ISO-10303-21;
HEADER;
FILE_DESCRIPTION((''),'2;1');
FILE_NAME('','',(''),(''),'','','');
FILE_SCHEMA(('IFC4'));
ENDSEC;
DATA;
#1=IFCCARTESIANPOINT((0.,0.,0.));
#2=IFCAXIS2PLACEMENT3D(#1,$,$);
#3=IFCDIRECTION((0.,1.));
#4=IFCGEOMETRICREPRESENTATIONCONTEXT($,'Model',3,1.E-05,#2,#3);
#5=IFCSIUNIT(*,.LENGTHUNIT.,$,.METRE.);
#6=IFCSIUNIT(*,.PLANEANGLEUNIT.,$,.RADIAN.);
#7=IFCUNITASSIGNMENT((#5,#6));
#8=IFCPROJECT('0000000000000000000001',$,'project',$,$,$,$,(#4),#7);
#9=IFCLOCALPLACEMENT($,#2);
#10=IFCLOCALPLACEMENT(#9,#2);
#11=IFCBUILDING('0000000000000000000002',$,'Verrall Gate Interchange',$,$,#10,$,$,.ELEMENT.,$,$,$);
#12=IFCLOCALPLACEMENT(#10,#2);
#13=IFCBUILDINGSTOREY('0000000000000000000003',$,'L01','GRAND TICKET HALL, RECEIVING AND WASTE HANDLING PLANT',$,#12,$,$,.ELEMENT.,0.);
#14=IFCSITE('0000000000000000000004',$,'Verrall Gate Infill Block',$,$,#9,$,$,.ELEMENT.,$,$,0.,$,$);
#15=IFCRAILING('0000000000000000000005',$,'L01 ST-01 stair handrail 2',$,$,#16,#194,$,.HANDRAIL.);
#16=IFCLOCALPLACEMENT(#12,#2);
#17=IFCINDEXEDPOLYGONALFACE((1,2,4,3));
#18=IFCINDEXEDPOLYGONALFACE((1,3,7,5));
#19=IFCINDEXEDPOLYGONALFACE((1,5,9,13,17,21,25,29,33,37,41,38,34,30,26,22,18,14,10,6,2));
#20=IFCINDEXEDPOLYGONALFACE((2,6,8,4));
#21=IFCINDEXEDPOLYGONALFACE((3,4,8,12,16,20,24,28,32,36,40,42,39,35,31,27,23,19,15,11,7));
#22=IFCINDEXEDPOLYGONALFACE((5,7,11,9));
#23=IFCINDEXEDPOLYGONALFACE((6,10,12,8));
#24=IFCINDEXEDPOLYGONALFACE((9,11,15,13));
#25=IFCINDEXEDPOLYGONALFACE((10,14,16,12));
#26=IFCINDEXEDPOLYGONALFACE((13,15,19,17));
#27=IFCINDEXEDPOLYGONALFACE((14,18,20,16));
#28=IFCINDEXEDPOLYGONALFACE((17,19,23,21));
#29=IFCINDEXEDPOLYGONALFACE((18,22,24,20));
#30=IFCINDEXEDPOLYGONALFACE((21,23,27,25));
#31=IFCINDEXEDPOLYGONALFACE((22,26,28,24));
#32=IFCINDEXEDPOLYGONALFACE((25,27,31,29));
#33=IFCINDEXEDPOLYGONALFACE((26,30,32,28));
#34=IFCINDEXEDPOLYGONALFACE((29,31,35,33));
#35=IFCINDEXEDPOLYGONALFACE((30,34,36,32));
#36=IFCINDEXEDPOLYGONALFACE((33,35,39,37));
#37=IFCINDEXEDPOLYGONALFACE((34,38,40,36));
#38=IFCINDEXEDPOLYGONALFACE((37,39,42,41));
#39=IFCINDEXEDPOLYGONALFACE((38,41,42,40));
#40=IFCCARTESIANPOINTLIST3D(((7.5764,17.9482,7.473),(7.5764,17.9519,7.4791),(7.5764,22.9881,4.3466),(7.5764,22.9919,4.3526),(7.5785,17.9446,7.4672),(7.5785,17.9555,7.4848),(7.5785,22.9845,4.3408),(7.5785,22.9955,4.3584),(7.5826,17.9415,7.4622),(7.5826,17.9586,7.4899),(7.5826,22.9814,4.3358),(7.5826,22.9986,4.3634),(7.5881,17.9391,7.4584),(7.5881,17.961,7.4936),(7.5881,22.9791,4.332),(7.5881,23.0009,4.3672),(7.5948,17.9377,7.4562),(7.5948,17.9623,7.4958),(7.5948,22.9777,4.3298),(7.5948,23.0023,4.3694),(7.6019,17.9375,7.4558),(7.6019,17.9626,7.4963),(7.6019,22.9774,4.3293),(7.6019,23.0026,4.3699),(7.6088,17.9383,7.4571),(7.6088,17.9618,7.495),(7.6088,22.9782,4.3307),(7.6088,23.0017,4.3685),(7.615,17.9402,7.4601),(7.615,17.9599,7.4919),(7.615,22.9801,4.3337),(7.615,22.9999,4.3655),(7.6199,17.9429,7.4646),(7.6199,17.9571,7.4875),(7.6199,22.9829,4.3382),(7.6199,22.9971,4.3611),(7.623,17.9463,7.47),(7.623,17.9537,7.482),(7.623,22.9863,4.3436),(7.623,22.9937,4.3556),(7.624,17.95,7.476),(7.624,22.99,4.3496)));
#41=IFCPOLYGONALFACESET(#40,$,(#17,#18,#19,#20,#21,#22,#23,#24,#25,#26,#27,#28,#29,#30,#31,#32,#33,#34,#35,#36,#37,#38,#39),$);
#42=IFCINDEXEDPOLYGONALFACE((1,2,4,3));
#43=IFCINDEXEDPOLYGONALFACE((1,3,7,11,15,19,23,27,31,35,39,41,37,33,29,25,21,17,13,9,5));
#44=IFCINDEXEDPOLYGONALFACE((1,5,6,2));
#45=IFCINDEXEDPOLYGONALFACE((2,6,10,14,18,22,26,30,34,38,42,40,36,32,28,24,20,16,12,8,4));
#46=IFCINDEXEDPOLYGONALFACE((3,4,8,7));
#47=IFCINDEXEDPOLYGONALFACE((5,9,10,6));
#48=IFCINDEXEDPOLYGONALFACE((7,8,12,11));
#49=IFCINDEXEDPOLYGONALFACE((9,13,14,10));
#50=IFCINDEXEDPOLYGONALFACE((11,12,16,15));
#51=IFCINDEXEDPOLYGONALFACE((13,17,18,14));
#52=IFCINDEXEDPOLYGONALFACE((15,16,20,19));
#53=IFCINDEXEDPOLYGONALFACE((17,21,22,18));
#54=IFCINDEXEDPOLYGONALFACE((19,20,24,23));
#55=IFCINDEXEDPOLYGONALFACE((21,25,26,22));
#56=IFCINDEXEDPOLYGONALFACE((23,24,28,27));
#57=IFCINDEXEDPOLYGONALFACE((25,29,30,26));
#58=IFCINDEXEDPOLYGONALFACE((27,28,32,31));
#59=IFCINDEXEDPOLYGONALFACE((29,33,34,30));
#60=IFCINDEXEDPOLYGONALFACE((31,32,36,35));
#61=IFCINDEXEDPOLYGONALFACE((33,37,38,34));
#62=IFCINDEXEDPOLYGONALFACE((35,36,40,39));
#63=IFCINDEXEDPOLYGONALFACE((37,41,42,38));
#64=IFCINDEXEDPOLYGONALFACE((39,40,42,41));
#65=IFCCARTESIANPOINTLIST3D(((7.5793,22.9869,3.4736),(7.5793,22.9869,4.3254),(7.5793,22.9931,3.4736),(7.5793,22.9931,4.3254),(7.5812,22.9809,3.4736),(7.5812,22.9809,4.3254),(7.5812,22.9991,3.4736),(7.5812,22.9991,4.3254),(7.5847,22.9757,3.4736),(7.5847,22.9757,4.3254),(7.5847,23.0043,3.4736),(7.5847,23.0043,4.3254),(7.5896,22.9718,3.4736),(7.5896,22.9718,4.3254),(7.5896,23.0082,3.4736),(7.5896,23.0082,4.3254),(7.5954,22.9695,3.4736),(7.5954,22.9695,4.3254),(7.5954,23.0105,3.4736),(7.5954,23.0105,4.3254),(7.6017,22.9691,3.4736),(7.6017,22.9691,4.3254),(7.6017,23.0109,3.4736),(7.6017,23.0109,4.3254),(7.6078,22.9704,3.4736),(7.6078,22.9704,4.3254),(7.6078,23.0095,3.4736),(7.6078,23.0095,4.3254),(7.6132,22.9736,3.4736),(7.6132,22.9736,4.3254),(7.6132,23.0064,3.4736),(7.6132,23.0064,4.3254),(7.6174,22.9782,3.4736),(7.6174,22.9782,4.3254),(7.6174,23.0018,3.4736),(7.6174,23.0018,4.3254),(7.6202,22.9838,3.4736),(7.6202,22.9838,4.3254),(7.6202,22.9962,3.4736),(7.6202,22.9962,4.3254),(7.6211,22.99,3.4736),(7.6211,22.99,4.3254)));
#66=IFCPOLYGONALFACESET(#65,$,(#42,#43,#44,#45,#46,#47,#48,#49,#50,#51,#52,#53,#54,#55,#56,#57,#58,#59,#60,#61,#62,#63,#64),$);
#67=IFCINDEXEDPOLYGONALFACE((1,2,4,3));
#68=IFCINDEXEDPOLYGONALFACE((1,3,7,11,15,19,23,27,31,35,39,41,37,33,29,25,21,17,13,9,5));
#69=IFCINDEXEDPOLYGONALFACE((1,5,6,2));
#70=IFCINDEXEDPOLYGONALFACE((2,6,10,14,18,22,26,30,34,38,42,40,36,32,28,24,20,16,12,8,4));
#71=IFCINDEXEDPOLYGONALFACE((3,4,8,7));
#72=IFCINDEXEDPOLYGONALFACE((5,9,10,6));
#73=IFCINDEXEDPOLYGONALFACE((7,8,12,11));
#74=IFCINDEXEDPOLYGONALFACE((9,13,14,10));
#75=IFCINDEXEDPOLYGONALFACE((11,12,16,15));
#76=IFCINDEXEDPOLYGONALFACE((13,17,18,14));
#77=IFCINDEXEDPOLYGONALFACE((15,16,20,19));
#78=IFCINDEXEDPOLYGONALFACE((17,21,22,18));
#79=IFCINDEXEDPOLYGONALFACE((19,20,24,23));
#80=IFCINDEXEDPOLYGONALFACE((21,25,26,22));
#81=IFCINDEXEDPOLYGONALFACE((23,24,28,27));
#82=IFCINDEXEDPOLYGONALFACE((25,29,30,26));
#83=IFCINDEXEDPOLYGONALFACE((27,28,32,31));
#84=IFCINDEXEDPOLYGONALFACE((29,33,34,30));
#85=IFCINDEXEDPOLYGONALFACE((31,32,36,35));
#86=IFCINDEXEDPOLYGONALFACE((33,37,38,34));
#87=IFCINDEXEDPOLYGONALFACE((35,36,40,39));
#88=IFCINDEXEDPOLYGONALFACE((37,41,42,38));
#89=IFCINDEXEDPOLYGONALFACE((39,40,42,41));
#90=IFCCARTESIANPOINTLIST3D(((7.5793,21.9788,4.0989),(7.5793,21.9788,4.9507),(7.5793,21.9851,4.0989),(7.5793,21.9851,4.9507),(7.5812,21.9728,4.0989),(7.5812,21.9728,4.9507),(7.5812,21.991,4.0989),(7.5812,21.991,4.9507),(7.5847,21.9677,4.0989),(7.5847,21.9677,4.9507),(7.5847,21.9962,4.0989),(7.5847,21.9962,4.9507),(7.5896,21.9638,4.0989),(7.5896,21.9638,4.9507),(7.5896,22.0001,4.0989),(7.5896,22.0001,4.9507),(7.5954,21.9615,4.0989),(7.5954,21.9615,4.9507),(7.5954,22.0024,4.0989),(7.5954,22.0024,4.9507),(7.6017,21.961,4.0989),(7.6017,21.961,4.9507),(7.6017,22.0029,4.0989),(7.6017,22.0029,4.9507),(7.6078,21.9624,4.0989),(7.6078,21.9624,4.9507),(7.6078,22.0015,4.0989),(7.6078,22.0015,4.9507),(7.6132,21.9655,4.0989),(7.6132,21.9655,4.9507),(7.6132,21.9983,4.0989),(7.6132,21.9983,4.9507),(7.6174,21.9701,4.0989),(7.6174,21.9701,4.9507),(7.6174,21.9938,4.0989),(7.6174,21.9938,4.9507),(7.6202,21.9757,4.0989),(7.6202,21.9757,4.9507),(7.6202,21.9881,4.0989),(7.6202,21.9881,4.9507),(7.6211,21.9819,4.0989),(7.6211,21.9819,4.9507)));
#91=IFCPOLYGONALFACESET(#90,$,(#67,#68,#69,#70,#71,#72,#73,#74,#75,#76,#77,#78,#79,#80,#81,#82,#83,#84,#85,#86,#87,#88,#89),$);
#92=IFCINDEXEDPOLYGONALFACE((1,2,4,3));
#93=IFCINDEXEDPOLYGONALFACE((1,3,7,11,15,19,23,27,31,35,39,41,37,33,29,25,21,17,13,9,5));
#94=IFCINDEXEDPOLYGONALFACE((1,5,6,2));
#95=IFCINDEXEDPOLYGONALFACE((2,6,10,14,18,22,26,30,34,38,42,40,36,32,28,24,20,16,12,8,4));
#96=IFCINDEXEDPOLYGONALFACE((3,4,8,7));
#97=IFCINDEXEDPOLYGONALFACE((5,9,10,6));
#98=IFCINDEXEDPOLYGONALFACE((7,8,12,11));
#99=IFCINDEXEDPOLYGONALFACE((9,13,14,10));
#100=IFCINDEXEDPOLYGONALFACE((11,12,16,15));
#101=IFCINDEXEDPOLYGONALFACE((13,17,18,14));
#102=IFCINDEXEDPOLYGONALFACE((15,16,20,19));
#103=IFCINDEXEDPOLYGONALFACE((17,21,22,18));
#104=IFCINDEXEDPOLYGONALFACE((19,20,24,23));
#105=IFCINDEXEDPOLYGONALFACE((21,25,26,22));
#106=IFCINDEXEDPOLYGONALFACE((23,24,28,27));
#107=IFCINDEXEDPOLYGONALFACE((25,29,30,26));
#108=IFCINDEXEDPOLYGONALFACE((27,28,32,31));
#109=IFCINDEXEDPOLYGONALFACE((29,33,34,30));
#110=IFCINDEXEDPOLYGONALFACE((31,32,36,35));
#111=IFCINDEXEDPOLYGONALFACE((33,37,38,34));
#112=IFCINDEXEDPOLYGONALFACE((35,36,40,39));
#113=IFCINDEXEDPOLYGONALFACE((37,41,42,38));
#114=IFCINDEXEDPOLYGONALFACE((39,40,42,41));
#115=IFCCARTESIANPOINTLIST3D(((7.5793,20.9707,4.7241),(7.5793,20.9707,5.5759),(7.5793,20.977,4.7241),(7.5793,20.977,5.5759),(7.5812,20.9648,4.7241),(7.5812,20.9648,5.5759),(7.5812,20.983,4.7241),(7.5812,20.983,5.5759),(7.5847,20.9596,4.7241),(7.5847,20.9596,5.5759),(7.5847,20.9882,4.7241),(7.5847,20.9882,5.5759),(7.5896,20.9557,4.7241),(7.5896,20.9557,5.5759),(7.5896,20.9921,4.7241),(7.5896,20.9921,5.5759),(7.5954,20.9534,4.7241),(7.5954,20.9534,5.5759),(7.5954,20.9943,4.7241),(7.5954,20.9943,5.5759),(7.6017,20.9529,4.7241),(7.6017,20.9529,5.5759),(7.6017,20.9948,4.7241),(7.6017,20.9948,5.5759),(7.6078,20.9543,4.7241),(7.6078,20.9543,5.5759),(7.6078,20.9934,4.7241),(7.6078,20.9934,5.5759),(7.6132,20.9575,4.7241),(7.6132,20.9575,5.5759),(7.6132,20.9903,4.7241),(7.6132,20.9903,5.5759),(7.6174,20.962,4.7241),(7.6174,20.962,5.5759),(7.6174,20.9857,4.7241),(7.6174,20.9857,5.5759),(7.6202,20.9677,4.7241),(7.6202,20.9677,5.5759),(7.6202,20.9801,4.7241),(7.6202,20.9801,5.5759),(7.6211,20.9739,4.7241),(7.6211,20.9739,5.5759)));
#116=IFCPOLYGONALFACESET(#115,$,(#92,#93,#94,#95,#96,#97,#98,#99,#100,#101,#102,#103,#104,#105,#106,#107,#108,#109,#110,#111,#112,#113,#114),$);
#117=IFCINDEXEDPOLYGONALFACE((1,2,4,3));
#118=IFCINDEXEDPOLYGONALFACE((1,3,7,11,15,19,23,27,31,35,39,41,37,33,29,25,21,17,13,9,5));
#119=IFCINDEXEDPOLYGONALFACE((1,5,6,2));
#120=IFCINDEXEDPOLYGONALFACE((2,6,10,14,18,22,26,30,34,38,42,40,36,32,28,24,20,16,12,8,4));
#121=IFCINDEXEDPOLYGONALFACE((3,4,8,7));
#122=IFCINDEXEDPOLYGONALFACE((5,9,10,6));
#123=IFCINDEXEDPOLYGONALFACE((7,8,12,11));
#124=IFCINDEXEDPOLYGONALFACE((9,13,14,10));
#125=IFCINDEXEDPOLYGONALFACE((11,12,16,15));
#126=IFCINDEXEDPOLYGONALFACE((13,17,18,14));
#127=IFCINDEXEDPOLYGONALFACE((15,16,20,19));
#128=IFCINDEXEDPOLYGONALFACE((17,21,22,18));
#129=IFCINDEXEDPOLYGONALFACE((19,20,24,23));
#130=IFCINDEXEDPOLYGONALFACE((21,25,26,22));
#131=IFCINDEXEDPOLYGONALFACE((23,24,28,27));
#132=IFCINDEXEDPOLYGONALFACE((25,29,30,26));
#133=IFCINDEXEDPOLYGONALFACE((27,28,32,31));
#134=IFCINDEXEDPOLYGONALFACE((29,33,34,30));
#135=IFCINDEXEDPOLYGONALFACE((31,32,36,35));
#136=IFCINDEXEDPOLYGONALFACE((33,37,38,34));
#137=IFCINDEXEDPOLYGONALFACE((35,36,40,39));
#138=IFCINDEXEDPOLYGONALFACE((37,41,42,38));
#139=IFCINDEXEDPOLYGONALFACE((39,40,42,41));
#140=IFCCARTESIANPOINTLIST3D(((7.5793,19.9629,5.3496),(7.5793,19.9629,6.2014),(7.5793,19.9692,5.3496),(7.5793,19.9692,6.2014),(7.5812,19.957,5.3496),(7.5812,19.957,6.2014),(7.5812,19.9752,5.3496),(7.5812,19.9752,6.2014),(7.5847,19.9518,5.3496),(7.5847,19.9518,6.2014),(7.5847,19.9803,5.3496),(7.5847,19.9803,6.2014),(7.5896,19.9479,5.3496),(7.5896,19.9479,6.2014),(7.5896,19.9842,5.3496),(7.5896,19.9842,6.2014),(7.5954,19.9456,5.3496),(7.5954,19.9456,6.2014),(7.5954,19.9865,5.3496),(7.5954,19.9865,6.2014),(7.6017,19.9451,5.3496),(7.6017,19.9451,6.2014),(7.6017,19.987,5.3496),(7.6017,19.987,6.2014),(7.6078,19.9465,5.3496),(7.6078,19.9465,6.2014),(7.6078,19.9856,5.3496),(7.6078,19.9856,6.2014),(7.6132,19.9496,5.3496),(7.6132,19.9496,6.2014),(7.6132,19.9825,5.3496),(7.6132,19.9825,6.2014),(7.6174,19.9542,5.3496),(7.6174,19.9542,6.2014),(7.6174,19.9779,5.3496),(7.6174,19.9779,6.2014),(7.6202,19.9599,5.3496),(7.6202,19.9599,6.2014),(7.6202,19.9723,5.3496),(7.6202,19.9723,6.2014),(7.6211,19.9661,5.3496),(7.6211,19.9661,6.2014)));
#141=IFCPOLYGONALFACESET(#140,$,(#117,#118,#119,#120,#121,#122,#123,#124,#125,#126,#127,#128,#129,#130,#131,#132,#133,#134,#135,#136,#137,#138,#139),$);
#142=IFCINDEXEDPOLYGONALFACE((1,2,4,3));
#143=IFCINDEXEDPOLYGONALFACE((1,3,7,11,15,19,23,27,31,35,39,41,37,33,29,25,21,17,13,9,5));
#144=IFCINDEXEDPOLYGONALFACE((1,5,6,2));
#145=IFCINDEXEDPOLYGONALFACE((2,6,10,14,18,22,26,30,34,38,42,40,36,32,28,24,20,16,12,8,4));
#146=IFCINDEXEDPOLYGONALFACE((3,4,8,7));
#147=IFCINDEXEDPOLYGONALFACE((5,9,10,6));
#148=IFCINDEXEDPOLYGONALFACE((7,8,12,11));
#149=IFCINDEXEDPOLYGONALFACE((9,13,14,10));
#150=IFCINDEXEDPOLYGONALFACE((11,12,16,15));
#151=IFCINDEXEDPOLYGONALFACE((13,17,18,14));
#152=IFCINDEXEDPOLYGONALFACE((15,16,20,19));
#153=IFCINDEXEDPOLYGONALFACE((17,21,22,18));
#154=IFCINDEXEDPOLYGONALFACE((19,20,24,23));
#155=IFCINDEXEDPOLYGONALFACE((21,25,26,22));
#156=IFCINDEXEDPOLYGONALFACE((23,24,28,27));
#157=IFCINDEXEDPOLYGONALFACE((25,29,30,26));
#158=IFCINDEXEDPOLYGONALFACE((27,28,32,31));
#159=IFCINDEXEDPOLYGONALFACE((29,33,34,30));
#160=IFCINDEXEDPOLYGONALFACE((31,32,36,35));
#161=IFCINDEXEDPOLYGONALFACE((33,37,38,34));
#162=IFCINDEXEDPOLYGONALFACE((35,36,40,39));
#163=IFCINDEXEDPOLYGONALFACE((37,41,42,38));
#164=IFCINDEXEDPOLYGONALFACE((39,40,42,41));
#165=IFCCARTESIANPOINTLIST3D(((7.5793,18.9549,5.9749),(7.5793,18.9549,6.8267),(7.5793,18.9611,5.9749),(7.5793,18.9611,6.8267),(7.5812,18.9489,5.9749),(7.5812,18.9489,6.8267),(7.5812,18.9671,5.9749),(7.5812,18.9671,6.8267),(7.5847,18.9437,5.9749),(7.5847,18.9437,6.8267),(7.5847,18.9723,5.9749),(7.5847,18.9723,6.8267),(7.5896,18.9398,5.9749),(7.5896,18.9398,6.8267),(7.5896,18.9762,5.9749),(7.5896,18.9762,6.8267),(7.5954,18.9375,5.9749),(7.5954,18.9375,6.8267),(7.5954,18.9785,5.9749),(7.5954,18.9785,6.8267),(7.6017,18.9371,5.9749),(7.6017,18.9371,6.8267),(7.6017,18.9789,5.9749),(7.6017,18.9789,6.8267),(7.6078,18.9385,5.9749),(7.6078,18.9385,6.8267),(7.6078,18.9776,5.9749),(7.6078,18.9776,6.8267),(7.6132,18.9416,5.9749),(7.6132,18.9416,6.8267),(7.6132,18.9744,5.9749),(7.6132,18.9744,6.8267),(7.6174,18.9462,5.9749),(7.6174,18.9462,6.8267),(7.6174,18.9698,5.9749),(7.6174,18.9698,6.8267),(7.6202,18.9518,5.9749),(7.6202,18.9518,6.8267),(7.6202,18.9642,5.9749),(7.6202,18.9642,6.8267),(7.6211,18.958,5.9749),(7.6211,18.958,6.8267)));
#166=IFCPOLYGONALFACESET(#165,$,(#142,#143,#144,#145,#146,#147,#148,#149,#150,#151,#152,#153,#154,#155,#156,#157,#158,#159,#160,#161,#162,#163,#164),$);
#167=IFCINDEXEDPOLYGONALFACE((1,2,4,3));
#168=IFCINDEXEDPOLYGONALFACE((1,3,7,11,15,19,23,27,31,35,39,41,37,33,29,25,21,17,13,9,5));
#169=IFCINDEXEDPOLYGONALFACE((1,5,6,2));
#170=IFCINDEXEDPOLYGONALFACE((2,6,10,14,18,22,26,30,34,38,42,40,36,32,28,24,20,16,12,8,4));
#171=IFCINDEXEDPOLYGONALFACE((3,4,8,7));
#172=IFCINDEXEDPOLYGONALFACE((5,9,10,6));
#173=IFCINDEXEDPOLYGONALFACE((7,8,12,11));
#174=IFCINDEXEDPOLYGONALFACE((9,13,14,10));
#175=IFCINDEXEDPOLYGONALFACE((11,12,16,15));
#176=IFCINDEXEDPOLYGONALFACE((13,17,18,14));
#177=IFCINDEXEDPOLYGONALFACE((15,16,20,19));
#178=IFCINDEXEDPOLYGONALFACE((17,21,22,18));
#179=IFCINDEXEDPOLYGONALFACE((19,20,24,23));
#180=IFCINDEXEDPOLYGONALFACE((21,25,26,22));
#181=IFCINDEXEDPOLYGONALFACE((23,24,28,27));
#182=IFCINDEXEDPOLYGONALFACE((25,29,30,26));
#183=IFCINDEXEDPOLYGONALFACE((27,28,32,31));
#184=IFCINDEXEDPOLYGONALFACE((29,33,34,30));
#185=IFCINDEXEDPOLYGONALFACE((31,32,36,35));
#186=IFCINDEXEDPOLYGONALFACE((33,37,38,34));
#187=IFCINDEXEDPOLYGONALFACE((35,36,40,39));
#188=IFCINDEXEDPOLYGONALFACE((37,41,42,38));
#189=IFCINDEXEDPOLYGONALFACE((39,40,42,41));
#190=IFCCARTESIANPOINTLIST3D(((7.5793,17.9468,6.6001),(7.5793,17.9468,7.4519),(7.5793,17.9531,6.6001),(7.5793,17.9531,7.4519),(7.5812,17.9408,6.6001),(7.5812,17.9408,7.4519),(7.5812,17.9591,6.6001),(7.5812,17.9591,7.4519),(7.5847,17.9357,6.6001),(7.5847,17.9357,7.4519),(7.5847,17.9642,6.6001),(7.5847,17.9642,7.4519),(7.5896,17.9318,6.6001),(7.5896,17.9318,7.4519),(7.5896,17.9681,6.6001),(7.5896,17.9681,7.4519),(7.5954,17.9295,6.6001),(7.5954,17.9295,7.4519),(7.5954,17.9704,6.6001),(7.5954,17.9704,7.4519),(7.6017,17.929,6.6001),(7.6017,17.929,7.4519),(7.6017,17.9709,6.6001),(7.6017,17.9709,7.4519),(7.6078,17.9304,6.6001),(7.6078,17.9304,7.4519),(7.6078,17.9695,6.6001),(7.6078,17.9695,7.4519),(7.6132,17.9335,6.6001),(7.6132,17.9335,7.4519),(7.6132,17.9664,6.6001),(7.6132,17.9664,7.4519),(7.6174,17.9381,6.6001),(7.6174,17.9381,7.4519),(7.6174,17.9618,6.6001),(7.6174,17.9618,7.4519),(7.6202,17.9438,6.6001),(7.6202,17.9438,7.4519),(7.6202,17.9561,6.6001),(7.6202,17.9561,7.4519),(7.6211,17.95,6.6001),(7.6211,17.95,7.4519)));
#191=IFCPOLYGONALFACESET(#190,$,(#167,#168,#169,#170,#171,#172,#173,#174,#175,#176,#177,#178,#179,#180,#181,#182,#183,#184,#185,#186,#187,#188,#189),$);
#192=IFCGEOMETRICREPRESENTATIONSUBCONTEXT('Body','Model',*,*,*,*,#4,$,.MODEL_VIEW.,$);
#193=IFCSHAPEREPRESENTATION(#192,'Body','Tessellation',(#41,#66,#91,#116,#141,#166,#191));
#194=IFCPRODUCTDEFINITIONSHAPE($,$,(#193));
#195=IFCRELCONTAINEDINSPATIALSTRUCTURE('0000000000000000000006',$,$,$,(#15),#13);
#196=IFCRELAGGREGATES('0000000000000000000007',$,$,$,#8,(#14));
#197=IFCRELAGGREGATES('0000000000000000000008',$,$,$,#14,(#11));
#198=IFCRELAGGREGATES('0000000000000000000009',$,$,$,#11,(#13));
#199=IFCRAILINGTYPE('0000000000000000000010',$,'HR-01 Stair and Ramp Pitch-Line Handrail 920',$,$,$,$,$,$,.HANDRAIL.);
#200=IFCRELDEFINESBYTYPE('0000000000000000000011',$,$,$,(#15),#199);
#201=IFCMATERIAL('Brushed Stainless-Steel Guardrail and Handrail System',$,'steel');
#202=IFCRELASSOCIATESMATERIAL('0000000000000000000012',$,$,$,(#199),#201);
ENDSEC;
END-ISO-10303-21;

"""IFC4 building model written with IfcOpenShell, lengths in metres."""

from ifc_helpers import new_model, si_unit, direction, frame, origin, origin_2d, place, context, subcontext, project, spatial, circle, extrude, material, type_object, element, save


model = new_model("IFC4")

# Units and contexts
model_context = context("Model", 3, precision=1e-05, world=origin(), true_north=direction((0.0, 1.0)))
body_context = subcontext(model_context, "Body", "Model", "MODEL_VIEW")
ifc_project = project(units=[si_unit("LENGTHUNIT", "METRE"), si_unit("PLANEANGLEUNIT", "RADIAN")], contexts=[model_context])

# Site, building, storey
site_placement = place(None, origin())
site = spatial("IfcSite", under=ifc_project, at=site_placement, Name="Verrall Gate Infill Block", CompositionType="ELEMENT", RefElevation=0.0)
building_placement = place(site_placement, origin())
building = spatial("IfcBuilding", under=site, at=building_placement, Name="Verrall Gate Interchange", CompositionType="ELEMENT")
storey_placement = place(building_placement, origin())
storey = spatial("IfcBuildingStorey", under=building, at=storey_placement, Name="L01", Description="GRAND TICKET HALL, RECEIVING AND WASTE HANDLING PLANT", CompositionType="ELEMENT", Elevation=0.0)

# Railing
ifc_material_1 = material(Name="Brushed Stainless-Steel Guardrail and Handrail System", Category="steel")
railing_type_1 = type_object("IfcRailingType", Name="HR-01 Stair and Ramp Pitch-Line Handrail 920", PredefinedType="HANDRAIL", material=ifc_material_1)
railing_1_placement = place(storey_placement, frame((7.6001, 22.99, 3.4736)))
element("IfcRailing", 1, at=railing_1_placement, inside=storey, type_object=railing_type_1, Name="L01 ST-01 stair handrail 2", PredefinedType="HANDRAIL", context=body_context, shape_type="SweptSolid", body=[
    extrude(circle(Radius=0.0239, at=origin_2d()), frame((0.0, 0.0, 0.876), z_axis=(0.0, -0.849779, 0.527139), x_axis=(1.0, 0.0, 0.0)), (0.0, 0.0, 1.0), 5.9309),
    extrude(circle(Radius=0.021, at=origin_2d()), origin(), (0.0, 0.0, 1.0), 0.8518),
    extrude(circle(Radius=0.021, at=origin_2d()), frame((0.0, -1.0081, 0.6252)), (0.0, 0.0, 1.0), 0.8518),
    extrude(circle(Radius=0.021, at=origin_2d()), frame((0.0, -2.0161, 1.2505)), (0.0, 0.0, 1.0), 0.8518),
    extrude(circle(Radius=0.021, at=origin_2d()), frame((0.0, -3.0239, 1.876)), (0.0, 0.0, 1.0), 0.8518),
    extrude(circle(Radius=0.021, at=origin_2d()), frame((0.0, -4.032, 2.5012)), (0.0, 0.0, 1.0), 0.8518),
    extrude(circle(Radius=0.021, at=origin_2d()), frame((0.0, -5.04, 3.1265)), (0.0, 0.0, 1.0), 0.8518),
])

save(model, "model.ifc")
